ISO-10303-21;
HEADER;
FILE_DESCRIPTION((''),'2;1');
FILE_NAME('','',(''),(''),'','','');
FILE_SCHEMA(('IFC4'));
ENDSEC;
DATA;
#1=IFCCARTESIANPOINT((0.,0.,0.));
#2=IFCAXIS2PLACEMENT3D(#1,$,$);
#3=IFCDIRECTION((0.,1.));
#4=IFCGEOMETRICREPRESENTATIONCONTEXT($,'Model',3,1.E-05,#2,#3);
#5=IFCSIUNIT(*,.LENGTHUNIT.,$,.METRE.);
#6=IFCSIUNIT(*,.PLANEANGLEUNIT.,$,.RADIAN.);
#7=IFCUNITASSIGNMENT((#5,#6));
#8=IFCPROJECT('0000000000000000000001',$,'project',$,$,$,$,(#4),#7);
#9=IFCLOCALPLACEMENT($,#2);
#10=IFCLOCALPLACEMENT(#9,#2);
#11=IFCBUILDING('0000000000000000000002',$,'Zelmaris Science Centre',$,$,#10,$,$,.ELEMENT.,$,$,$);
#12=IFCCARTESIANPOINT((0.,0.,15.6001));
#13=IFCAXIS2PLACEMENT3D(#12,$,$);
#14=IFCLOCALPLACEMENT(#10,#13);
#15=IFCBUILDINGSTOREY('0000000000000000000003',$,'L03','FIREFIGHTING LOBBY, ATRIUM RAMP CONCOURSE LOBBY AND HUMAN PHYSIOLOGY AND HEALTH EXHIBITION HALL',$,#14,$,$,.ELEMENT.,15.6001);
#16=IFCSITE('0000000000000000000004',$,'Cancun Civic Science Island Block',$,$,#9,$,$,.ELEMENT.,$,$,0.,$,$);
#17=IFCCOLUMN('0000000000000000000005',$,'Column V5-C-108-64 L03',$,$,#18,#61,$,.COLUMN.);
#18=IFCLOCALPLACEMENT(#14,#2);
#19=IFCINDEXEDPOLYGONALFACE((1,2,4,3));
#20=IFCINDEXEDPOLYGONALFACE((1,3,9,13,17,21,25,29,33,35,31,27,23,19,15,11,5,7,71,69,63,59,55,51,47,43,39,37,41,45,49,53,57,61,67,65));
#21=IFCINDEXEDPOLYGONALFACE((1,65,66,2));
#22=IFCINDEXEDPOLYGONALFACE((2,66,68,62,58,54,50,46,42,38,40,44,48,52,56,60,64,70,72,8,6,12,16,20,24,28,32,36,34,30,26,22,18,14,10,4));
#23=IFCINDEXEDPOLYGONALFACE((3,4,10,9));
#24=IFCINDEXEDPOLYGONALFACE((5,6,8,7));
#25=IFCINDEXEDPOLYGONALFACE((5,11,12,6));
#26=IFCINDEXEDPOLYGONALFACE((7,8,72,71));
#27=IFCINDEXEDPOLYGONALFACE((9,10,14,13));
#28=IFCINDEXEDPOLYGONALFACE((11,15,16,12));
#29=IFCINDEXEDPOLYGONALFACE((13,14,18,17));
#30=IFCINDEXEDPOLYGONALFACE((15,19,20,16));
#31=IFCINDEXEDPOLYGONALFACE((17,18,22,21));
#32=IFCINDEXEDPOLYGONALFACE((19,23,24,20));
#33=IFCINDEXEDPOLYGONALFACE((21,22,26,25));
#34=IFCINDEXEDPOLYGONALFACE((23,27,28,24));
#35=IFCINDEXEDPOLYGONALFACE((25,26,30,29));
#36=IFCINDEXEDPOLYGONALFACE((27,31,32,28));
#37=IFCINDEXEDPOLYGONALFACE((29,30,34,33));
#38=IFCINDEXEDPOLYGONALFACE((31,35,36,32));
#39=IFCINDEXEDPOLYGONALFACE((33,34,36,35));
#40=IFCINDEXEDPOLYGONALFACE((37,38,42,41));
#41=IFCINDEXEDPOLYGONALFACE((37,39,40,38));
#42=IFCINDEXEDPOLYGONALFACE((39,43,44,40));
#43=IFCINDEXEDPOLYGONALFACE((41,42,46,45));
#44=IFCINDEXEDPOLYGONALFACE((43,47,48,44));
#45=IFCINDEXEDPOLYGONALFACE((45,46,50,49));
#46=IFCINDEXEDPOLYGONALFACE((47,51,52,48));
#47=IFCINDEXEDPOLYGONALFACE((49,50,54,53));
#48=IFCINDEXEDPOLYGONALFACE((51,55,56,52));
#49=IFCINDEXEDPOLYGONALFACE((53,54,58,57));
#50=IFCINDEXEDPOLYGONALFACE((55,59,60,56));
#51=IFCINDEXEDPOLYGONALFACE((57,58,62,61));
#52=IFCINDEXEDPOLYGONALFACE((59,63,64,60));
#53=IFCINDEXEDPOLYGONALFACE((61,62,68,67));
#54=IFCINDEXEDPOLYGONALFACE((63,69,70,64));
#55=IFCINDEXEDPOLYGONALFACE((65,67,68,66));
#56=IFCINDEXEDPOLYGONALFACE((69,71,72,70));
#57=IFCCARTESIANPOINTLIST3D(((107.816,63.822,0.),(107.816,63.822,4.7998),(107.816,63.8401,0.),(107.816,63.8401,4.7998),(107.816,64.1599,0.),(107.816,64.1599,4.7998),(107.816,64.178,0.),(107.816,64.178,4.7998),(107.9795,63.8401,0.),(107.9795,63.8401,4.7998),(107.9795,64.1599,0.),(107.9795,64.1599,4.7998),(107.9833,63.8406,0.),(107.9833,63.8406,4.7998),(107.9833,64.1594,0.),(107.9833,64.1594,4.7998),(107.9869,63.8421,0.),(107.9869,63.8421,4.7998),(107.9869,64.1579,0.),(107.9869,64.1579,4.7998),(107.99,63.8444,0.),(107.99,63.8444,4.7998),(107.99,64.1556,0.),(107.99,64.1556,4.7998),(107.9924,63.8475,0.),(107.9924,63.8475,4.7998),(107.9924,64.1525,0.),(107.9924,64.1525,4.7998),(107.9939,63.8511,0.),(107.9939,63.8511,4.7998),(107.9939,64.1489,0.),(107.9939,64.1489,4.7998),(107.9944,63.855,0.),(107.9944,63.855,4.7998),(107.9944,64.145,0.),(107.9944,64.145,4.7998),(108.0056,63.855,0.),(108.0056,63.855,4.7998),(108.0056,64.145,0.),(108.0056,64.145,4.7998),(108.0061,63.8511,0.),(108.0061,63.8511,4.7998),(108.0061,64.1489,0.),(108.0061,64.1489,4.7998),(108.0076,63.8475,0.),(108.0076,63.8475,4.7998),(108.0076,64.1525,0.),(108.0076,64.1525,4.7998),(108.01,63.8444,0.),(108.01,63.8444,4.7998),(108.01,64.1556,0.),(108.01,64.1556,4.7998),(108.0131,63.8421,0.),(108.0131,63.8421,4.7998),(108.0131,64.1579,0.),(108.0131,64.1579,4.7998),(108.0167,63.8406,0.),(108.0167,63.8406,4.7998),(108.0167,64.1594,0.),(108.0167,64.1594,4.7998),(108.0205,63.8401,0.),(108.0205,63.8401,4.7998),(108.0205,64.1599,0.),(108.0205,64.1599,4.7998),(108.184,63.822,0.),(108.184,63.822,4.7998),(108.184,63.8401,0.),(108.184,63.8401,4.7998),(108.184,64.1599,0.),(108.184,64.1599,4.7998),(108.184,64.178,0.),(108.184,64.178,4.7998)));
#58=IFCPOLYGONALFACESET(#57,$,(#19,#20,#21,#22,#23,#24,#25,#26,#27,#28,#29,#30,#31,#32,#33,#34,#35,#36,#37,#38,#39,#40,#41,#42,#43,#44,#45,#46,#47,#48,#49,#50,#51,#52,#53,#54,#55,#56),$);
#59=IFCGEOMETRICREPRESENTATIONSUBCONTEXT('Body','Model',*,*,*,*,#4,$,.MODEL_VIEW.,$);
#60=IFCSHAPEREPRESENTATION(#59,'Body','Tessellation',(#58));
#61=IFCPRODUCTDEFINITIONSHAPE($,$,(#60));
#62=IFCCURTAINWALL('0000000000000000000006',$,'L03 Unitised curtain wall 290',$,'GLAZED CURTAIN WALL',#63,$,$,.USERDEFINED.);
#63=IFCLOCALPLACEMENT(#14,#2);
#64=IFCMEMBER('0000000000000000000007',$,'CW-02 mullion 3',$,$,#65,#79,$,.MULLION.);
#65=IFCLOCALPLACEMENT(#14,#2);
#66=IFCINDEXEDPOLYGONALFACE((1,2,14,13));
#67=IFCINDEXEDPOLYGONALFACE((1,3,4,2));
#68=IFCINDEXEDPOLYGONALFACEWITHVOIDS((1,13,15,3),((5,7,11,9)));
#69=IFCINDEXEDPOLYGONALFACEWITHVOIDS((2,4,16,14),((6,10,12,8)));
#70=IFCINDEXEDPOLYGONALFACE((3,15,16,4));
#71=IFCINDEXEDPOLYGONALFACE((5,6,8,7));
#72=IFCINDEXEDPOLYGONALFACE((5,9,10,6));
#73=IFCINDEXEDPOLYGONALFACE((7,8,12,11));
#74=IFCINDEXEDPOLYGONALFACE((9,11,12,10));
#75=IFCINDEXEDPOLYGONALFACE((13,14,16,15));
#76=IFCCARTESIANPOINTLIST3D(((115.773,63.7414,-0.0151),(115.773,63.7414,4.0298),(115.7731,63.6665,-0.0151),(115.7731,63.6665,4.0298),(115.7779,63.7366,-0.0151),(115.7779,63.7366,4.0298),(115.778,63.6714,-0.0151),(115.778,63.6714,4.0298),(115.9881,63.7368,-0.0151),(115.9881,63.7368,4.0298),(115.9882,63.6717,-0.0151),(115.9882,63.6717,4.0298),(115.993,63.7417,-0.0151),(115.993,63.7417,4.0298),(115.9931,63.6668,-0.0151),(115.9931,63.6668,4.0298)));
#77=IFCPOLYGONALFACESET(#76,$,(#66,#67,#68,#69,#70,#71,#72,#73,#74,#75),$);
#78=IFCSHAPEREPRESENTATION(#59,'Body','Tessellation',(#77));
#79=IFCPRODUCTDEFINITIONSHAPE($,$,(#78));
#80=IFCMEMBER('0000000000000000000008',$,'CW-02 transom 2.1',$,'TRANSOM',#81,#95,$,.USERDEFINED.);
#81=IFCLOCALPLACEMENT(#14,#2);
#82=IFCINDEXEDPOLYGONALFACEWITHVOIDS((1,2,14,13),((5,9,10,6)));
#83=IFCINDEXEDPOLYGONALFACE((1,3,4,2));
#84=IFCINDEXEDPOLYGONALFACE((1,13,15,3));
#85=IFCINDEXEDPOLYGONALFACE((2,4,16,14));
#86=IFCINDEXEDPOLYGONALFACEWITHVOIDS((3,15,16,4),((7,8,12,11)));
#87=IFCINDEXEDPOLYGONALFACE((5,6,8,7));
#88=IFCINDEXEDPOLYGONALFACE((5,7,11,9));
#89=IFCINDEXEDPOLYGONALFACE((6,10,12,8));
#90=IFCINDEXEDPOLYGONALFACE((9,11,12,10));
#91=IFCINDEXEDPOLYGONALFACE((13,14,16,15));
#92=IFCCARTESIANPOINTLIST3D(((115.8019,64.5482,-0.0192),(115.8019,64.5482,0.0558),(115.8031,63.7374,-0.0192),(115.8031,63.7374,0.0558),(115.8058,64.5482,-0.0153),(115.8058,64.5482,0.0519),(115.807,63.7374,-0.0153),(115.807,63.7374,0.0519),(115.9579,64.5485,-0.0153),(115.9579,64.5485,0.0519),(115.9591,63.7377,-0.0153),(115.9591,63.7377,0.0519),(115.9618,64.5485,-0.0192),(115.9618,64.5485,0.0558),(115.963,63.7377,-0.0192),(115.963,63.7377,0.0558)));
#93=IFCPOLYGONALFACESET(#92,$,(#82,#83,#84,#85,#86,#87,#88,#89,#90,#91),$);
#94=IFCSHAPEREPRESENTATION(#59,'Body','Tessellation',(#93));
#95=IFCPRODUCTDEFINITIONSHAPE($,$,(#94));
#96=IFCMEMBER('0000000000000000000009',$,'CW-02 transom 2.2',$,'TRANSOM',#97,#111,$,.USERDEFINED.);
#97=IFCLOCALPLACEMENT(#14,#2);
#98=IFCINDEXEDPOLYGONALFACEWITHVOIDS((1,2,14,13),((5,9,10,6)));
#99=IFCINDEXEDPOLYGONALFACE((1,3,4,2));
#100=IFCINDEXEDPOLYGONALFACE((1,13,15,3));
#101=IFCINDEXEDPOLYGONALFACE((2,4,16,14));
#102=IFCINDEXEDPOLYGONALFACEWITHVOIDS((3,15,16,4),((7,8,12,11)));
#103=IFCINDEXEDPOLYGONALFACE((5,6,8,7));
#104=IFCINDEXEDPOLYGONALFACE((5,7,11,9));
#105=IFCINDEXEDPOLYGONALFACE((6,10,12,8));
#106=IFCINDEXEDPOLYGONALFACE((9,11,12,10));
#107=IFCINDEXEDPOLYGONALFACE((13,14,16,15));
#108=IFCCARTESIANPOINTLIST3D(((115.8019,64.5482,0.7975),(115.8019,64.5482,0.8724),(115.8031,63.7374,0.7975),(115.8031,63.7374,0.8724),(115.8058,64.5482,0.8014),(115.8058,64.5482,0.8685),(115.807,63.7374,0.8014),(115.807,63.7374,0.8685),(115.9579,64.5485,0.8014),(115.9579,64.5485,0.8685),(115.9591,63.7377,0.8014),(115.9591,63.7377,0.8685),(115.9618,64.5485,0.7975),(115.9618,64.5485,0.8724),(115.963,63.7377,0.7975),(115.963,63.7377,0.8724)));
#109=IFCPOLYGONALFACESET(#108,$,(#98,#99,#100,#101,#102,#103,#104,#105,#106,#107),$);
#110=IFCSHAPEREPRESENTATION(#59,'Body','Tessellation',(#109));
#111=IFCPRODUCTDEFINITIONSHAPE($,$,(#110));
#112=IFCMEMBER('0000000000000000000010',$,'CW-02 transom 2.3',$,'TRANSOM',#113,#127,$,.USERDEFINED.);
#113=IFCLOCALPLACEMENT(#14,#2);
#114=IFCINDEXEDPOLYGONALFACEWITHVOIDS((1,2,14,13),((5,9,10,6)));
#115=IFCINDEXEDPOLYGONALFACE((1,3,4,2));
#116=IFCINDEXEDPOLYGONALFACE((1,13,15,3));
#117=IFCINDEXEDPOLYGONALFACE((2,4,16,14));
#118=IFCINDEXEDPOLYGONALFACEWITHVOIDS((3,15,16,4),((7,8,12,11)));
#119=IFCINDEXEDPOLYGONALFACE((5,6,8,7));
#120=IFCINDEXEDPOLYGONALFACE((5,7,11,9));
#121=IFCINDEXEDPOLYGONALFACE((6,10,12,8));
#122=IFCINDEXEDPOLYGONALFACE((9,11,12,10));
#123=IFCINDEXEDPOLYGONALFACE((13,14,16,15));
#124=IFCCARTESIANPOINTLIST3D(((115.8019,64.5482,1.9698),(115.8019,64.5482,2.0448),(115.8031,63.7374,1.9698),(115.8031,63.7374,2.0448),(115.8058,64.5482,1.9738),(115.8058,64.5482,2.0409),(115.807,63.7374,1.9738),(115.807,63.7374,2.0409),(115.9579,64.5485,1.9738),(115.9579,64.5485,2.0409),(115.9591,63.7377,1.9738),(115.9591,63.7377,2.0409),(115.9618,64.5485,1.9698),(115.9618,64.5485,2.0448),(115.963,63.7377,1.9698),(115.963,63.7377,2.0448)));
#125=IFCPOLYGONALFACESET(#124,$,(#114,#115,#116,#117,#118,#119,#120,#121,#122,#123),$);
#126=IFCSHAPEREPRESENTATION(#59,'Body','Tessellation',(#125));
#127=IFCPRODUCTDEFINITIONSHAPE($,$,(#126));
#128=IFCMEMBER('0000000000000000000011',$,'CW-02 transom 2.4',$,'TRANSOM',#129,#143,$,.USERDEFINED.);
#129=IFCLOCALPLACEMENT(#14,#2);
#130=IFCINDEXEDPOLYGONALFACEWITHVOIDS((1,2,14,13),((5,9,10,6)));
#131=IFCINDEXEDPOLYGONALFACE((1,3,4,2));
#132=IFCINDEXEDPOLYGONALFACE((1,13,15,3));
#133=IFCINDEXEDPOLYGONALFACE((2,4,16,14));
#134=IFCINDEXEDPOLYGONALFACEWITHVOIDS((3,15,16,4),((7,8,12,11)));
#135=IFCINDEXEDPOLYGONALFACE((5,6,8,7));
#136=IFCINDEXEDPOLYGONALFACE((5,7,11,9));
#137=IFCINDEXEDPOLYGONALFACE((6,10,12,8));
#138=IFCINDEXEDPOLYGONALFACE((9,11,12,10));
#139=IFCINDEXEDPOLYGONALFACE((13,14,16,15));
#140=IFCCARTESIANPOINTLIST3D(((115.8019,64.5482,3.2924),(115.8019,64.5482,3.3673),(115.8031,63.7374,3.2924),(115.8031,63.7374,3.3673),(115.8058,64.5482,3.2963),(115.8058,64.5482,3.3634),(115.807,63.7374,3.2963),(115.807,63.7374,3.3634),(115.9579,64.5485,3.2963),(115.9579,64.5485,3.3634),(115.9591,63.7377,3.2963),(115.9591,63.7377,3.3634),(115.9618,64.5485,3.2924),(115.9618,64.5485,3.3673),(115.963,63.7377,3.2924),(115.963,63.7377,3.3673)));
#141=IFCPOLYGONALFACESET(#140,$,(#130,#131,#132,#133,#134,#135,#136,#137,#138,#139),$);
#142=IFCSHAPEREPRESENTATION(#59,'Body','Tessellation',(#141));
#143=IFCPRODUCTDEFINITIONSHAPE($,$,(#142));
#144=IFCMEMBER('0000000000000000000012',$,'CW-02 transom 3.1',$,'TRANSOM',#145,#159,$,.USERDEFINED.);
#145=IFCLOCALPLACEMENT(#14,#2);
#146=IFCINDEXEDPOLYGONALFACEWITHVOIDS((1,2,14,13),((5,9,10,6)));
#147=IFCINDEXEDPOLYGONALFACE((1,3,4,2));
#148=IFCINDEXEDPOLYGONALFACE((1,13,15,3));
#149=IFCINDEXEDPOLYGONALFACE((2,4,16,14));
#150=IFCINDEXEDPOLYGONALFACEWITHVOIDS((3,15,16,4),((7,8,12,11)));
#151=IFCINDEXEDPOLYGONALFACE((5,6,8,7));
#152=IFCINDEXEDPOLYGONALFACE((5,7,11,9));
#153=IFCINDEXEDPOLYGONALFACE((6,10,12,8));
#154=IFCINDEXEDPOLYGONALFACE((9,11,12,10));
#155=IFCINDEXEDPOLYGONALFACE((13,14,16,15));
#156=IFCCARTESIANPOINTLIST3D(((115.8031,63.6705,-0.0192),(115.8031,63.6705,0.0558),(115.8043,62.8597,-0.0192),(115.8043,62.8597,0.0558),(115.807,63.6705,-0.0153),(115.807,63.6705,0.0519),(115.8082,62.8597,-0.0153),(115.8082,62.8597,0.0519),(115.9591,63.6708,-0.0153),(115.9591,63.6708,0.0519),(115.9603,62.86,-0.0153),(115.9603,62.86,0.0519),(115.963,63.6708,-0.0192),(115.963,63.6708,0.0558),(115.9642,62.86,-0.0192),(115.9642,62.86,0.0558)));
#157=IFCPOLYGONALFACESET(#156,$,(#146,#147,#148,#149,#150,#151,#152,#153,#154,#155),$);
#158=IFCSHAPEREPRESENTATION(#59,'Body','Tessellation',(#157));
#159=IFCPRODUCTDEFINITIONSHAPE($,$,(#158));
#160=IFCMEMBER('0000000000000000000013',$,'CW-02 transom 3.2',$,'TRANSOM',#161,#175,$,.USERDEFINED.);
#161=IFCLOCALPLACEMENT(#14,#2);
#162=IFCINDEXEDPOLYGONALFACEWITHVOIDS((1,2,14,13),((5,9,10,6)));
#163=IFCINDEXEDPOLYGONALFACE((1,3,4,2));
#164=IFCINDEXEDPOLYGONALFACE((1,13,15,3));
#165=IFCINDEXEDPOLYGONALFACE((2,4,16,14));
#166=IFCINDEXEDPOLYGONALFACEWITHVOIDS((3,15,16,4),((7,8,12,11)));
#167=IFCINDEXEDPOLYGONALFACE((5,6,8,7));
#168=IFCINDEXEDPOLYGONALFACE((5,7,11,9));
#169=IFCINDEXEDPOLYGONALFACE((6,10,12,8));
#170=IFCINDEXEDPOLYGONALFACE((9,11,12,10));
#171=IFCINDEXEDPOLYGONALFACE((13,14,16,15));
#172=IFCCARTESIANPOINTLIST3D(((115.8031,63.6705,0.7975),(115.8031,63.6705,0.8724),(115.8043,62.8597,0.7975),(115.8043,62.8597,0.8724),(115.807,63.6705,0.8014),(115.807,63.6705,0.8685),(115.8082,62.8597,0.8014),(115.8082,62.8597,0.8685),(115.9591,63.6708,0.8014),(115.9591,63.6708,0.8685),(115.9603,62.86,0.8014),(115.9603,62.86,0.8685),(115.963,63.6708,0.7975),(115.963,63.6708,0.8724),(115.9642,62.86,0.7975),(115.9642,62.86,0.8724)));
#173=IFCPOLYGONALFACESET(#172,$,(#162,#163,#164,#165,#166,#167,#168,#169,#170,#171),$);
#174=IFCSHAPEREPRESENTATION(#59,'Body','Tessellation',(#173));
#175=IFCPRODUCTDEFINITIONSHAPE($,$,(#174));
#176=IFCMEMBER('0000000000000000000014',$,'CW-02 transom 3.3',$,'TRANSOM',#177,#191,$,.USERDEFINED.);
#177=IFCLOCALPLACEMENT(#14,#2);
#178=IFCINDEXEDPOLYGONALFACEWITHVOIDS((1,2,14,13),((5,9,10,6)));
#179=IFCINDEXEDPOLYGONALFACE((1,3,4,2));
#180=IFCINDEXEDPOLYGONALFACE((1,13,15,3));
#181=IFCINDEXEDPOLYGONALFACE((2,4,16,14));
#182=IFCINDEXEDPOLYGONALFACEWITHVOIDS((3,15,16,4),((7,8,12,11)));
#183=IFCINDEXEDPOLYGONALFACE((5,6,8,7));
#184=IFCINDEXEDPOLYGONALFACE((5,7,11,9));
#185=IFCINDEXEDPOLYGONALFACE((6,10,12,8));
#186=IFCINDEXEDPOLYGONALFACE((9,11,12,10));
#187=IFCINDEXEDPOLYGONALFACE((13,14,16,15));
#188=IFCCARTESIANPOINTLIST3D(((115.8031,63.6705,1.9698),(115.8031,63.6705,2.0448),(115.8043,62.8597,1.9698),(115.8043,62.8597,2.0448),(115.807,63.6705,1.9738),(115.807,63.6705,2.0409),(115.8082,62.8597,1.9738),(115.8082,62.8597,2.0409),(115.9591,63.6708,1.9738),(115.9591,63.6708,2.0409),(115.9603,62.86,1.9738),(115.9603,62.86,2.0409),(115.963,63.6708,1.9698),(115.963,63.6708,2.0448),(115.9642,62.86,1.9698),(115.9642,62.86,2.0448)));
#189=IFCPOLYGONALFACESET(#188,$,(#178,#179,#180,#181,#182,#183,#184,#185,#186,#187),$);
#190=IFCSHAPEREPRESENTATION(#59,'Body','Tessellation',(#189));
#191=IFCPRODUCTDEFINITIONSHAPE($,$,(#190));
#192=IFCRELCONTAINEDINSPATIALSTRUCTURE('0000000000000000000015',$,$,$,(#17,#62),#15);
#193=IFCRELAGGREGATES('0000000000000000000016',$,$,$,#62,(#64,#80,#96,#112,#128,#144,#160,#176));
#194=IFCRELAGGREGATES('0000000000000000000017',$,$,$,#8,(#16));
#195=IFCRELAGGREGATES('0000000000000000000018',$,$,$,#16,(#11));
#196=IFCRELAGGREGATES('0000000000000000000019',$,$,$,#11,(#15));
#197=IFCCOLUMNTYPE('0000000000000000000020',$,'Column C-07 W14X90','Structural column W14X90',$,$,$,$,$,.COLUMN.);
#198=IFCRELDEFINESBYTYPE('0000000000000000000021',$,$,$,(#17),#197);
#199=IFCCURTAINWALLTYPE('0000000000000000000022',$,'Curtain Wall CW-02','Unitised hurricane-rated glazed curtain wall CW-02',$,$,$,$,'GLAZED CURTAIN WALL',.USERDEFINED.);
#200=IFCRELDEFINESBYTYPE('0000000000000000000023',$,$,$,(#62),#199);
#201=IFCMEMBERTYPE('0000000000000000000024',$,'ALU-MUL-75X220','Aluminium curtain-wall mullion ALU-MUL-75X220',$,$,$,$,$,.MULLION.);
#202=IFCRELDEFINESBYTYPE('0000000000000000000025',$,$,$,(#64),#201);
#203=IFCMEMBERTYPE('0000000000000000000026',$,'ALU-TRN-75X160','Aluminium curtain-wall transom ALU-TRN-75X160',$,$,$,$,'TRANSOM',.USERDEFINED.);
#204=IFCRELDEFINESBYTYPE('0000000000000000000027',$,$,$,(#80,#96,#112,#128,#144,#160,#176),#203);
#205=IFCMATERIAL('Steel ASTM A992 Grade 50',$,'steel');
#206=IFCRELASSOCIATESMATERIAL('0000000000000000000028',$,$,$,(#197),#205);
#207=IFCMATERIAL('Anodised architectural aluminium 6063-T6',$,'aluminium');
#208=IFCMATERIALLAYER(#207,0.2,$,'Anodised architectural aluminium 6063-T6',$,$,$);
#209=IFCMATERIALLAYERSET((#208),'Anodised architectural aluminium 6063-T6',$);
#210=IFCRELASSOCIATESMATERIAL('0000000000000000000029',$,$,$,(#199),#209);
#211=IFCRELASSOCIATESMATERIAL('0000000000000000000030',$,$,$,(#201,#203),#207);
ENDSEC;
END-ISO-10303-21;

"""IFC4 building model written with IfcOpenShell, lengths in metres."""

from ifc_helpers import new_model, si_unit, direction, frame, origin, origin_2d, place, context, subcontext, project, spatial, hollow_rectangle, i_section, extrude, material, layer, layer_set, material_profile, profile_set, type_object, element, aggregate, save


model = new_model("IFC4")

# Units and contexts
model_context = context("Model", 3, precision=1e-05, world=origin(), true_north=direction((0.0, 1.0)))
body_context = subcontext(model_context, "Body", "Model", "MODEL_VIEW")
ifc_project = project(units=[si_unit("LENGTHUNIT", "METRE"), si_unit("PLANEANGLEUNIT", "RADIAN")], contexts=[model_context])

# Site, building, storey
site_placement = place(None, origin())
site = spatial("IfcSite", under=ifc_project, at=site_placement, Name="Cancun Civic Science Island Block", CompositionType="ELEMENT", RefElevation=0.0)
building_placement = place(site_placement, origin())
building = spatial("IfcBuilding", under=site, at=building_placement, Name="Zelmaris Science Centre", CompositionType="ELEMENT")
storey_placement = place(building_placement, frame((0.0, 0.0, 15.6001)))
storey = spatial("IfcBuildingStorey", under=building, at=storey_placement, Name="L03", Description="FIREFIGHTING LOBBY, ATRIUM RAMP CONCOURSE LOBBY AND HUMAN PHYSIOLOGY AND HEALTH EXHIBITION HALL", CompositionType="ELEMENT", Elevation=15.6001)

# Column
ifc_material_1 = material(Name="Steel ASTM A992 Grade 50", Category="steel")
ifc_material_profile_1 = material_profile(ifc_material_1, i_section(OverallWidth=0.3679, OverallDepth=0.356, WebThickness=0.0112, FlangeThickness=0.0181, FilletRadius=0.0149, at=origin_2d()), Name="W14X90")
ifc_profile_set_1 = profile_set([ifc_material_profile_1], Name="Steel ASTM A992 Grade 50")
column_type = type_object("IfcColumnType", Name="Column C-07 W14X90", Description="Structural column W14X90", PredefinedType="COLUMN", material=ifc_profile_set_1)
column_placement = place(storey_placement, frame((108.0, 64.0, 0.0), z_axis=(0.0, 0.0, 1.0), x_axis=(1.0, 0.0, 0.0)))
element("IfcColumn", 1, at=column_placement, inside=storey, type_object=column_type, Name="Column V5-C-108-64 L03", PredefinedType="COLUMN", context=body_context, shape_type="SweptSolid", body=[
    extrude(i_section(OverallWidth=0.3679, OverallDepth=0.356, WebThickness=0.0112, FlangeThickness=0.0181, FilletRadius=0.0149, at=origin_2d()), origin(), (0.0, 0.0, 1.0), 4.7998),
])

# Curtain wall, members
ifc_material_2 = material(Name="Anodised architectural aluminium 6063-T6", Category="aluminium")
ifc_layer_1 = layer(ifc_material_2, 0.2, Name="Anodised architectural aluminium 6063-T6")
ifc_layer_set_1 = layer_set([ifc_layer_1], Name="Anodised architectural aluminium 6063-T6")
curtain_wall_type = type_object("IfcCurtainWallType", Name="Curtain Wall CW-02", Description="Unitised hurricane-rated glazed curtain wall CW-02", ElementType="GLAZED CURTAIN WALL", PredefinedType="USERDEFINED", material=ifc_layer_set_1)
curtain_wall_placement = place(storey_placement, origin())
curtain_wall = element("IfcCurtainWall", 2, at=curtain_wall_placement, inside=storey, type_object=curtain_wall_type, Name="L03 Unitised curtain wall 290", ObjectType="GLAZED CURTAIN WALL", PredefinedType="USERDEFINED")
ifc_material_profile_2 = material_profile(ifc_material_2, hollow_rectangle(XDim=0.075, YDim=0.22, WallThickness=0.0049, at=origin_2d()), Name="ALU-MUL-75X220")
ifc_profile_set_2 = profile_set([ifc_material_profile_2], Name="Anodised architectural aluminium 6063-T6")
member_type_1 = type_object("IfcMemberType", Name="ALU-MUL-75X220", Description="Aluminium curtain-wall mullion ALU-MUL-75X220", PredefinedType="MULLION", material=ifc_profile_set_2)
member_1_placement = place(storey_placement, frame((115.8831, 63.7041, -0.0151), z_axis=(0.0, 0.0, 1.0), x_axis=(0.001372, -0.999999, 0.0)))
member_1 = element("IfcMember", 3, at=member_1_placement, type_object=member_type_1, Name="CW-02 mullion 3", PredefinedType="MULLION", context=body_context, shape_type="SweptSolid", body=[
    extrude(hollow_rectangle(XDim=0.075, YDim=0.22, WallThickness=0.0049, at=origin_2d()), origin(), (0.0, 0.0, 1.0), 4.0449),
])
ifc_material_profile_3 = material_profile(ifc_material_2, hollow_rectangle(XDim=0.075, YDim=0.1599, WallThickness=0.0039, at=origin_2d()), Name="ALU-TRN-75X160")
ifc_profile_set_3 = profile_set([ifc_material_profile_3], Name="Anodised architectural aluminium 6063-T6")
member_type_2 = type_object("IfcMemberType", Name="ALU-TRN-75X160", Description="Aluminium curtain-wall transom ALU-TRN-75X160", ElementType="TRANSOM", PredefinedType="USERDEFINED", material=ifc_profile_set_3)
member_2_placement = place(storey_placement, frame((115.8818, 64.5483, 0.0183), z_axis=(0.001506, -0.999999, 0.0), x_axis=(0.0, 0.0, 1.0)))
member_2 = element("IfcMember", 4, at=member_2_placement, type_object=member_type_2, Name="CW-02 transom 2.1", ObjectType="TRANSOM", PredefinedType="USERDEFINED", context=body_context, shape_type="SweptSolid", body=[
    extrude(hollow_rectangle(XDim=0.075, YDim=0.1599, WallThickness=0.0039, at=origin_2d()), origin(), (0.0, 0.0, 1.0), 0.8108),
])
member_3_placement = place(storey_placement, frame((115.8818, 64.5483, 0.835), z_axis=(0.001506, -0.999999, 0.0), x_axis=(0.0, 0.0, 1.0)))
member_3 = element("IfcMember", 5, at=member_3_placement, type_object=member_type_2, Name="CW-02 transom 2.2", ObjectType="TRANSOM", PredefinedType="USERDEFINED", context=body_context, shape_type="SweptSolid", body=[
    extrude(hollow_rectangle(XDim=0.075, YDim=0.1599, WallThickness=0.0039, at=origin_2d()), origin(), (0.0, 0.0, 1.0), 0.8108),
])
member_4_placement = place(storey_placement, frame((115.8818, 64.5483, 2.0073), z_axis=(0.001506, -0.999999, 0.0), x_axis=(0.0, 0.0, 1.0)))
member_4 = element("IfcMember", 6, at=member_4_placement, type_object=member_type_2, Name="CW-02 transom 2.3", ObjectType="TRANSOM", PredefinedType="USERDEFINED", context=body_context, shape_type="SweptSolid", body=[
    extrude(hollow_rectangle(XDim=0.075, YDim=0.1599, WallThickness=0.0039, at=origin_2d()), origin(), (0.0, 0.0, 1.0), 0.8108),
])
member_5_placement = place(storey_placement, frame((115.8818, 64.5483, 3.3298), z_axis=(0.001506, -0.999999, 0.0), x_axis=(0.0, 0.0, 1.0)))
member_5 = element("IfcMember", 7, at=member_5_placement, type_object=member_type_2, Name="CW-02 transom 2.4", ObjectType="TRANSOM", PredefinedType="USERDEFINED", context=body_context, shape_type="SweptSolid", body=[
    extrude(hollow_rectangle(XDim=0.075, YDim=0.1599, WallThickness=0.0039, at=origin_2d()), origin(), (0.0, 0.0, 1.0), 0.8108),
])
member_6_placement = place(storey_placement, frame((115.8831, 63.6707, 0.0183), z_axis=(0.001506, -0.999999, 0.0), x_axis=(0.0, 0.0, 1.0)))
member_6 = element("IfcMember", 8, at=member_6_placement, type_object=member_type_2, Name="CW-02 transom 3.1", ObjectType="TRANSOM", PredefinedType="USERDEFINED", context=body_context, shape_type="SweptSolid", body=[
    extrude(hollow_rectangle(XDim=0.075, YDim=0.1599, WallThickness=0.0039, at=origin_2d()), origin(), (0.0, 0.0, 1.0), 0.8108),
])
member_7_placement = place(storey_placement, frame((115.8831, 63.6707, 0.835), z_axis=(0.001506, -0.999999, 0.0), x_axis=(0.0, 0.0, 1.0)))
member_7 = element("IfcMember", 9, at=member_7_placement, type_object=member_type_2, Name="CW-02 transom 3.2", ObjectType="TRANSOM", PredefinedType="USERDEFINED", context=body_context, shape_type="SweptSolid", body=[
    extrude(hollow_rectangle(XDim=0.075, YDim=0.1599, WallThickness=0.0039, at=origin_2d()), origin(), (0.0, 0.0, 1.0), 0.8108),
])
member_8_placement = place(storey_placement, frame((115.8831, 63.6707, 2.0073), z_axis=(0.001506, -0.999999, 0.0), x_axis=(0.0, 0.0, 1.0)))
member_8 = element("IfcMember", 10, at=member_8_placement, type_object=member_type_2, Name="CW-02 transom 3.3", ObjectType="TRANSOM", PredefinedType="USERDEFINED", context=body_context, shape_type="SweptSolid", body=[
    extrude(hollow_rectangle(XDim=0.075, YDim=0.1599, WallThickness=0.0039, at=origin_2d()), origin(), (0.0, 0.0, 1.0), 0.8108),
])

aggregate(curtain_wall, [member_1, member_2, member_3, member_4, member_5, member_6, member_7, member_8])

save(model, "model.ifc")
